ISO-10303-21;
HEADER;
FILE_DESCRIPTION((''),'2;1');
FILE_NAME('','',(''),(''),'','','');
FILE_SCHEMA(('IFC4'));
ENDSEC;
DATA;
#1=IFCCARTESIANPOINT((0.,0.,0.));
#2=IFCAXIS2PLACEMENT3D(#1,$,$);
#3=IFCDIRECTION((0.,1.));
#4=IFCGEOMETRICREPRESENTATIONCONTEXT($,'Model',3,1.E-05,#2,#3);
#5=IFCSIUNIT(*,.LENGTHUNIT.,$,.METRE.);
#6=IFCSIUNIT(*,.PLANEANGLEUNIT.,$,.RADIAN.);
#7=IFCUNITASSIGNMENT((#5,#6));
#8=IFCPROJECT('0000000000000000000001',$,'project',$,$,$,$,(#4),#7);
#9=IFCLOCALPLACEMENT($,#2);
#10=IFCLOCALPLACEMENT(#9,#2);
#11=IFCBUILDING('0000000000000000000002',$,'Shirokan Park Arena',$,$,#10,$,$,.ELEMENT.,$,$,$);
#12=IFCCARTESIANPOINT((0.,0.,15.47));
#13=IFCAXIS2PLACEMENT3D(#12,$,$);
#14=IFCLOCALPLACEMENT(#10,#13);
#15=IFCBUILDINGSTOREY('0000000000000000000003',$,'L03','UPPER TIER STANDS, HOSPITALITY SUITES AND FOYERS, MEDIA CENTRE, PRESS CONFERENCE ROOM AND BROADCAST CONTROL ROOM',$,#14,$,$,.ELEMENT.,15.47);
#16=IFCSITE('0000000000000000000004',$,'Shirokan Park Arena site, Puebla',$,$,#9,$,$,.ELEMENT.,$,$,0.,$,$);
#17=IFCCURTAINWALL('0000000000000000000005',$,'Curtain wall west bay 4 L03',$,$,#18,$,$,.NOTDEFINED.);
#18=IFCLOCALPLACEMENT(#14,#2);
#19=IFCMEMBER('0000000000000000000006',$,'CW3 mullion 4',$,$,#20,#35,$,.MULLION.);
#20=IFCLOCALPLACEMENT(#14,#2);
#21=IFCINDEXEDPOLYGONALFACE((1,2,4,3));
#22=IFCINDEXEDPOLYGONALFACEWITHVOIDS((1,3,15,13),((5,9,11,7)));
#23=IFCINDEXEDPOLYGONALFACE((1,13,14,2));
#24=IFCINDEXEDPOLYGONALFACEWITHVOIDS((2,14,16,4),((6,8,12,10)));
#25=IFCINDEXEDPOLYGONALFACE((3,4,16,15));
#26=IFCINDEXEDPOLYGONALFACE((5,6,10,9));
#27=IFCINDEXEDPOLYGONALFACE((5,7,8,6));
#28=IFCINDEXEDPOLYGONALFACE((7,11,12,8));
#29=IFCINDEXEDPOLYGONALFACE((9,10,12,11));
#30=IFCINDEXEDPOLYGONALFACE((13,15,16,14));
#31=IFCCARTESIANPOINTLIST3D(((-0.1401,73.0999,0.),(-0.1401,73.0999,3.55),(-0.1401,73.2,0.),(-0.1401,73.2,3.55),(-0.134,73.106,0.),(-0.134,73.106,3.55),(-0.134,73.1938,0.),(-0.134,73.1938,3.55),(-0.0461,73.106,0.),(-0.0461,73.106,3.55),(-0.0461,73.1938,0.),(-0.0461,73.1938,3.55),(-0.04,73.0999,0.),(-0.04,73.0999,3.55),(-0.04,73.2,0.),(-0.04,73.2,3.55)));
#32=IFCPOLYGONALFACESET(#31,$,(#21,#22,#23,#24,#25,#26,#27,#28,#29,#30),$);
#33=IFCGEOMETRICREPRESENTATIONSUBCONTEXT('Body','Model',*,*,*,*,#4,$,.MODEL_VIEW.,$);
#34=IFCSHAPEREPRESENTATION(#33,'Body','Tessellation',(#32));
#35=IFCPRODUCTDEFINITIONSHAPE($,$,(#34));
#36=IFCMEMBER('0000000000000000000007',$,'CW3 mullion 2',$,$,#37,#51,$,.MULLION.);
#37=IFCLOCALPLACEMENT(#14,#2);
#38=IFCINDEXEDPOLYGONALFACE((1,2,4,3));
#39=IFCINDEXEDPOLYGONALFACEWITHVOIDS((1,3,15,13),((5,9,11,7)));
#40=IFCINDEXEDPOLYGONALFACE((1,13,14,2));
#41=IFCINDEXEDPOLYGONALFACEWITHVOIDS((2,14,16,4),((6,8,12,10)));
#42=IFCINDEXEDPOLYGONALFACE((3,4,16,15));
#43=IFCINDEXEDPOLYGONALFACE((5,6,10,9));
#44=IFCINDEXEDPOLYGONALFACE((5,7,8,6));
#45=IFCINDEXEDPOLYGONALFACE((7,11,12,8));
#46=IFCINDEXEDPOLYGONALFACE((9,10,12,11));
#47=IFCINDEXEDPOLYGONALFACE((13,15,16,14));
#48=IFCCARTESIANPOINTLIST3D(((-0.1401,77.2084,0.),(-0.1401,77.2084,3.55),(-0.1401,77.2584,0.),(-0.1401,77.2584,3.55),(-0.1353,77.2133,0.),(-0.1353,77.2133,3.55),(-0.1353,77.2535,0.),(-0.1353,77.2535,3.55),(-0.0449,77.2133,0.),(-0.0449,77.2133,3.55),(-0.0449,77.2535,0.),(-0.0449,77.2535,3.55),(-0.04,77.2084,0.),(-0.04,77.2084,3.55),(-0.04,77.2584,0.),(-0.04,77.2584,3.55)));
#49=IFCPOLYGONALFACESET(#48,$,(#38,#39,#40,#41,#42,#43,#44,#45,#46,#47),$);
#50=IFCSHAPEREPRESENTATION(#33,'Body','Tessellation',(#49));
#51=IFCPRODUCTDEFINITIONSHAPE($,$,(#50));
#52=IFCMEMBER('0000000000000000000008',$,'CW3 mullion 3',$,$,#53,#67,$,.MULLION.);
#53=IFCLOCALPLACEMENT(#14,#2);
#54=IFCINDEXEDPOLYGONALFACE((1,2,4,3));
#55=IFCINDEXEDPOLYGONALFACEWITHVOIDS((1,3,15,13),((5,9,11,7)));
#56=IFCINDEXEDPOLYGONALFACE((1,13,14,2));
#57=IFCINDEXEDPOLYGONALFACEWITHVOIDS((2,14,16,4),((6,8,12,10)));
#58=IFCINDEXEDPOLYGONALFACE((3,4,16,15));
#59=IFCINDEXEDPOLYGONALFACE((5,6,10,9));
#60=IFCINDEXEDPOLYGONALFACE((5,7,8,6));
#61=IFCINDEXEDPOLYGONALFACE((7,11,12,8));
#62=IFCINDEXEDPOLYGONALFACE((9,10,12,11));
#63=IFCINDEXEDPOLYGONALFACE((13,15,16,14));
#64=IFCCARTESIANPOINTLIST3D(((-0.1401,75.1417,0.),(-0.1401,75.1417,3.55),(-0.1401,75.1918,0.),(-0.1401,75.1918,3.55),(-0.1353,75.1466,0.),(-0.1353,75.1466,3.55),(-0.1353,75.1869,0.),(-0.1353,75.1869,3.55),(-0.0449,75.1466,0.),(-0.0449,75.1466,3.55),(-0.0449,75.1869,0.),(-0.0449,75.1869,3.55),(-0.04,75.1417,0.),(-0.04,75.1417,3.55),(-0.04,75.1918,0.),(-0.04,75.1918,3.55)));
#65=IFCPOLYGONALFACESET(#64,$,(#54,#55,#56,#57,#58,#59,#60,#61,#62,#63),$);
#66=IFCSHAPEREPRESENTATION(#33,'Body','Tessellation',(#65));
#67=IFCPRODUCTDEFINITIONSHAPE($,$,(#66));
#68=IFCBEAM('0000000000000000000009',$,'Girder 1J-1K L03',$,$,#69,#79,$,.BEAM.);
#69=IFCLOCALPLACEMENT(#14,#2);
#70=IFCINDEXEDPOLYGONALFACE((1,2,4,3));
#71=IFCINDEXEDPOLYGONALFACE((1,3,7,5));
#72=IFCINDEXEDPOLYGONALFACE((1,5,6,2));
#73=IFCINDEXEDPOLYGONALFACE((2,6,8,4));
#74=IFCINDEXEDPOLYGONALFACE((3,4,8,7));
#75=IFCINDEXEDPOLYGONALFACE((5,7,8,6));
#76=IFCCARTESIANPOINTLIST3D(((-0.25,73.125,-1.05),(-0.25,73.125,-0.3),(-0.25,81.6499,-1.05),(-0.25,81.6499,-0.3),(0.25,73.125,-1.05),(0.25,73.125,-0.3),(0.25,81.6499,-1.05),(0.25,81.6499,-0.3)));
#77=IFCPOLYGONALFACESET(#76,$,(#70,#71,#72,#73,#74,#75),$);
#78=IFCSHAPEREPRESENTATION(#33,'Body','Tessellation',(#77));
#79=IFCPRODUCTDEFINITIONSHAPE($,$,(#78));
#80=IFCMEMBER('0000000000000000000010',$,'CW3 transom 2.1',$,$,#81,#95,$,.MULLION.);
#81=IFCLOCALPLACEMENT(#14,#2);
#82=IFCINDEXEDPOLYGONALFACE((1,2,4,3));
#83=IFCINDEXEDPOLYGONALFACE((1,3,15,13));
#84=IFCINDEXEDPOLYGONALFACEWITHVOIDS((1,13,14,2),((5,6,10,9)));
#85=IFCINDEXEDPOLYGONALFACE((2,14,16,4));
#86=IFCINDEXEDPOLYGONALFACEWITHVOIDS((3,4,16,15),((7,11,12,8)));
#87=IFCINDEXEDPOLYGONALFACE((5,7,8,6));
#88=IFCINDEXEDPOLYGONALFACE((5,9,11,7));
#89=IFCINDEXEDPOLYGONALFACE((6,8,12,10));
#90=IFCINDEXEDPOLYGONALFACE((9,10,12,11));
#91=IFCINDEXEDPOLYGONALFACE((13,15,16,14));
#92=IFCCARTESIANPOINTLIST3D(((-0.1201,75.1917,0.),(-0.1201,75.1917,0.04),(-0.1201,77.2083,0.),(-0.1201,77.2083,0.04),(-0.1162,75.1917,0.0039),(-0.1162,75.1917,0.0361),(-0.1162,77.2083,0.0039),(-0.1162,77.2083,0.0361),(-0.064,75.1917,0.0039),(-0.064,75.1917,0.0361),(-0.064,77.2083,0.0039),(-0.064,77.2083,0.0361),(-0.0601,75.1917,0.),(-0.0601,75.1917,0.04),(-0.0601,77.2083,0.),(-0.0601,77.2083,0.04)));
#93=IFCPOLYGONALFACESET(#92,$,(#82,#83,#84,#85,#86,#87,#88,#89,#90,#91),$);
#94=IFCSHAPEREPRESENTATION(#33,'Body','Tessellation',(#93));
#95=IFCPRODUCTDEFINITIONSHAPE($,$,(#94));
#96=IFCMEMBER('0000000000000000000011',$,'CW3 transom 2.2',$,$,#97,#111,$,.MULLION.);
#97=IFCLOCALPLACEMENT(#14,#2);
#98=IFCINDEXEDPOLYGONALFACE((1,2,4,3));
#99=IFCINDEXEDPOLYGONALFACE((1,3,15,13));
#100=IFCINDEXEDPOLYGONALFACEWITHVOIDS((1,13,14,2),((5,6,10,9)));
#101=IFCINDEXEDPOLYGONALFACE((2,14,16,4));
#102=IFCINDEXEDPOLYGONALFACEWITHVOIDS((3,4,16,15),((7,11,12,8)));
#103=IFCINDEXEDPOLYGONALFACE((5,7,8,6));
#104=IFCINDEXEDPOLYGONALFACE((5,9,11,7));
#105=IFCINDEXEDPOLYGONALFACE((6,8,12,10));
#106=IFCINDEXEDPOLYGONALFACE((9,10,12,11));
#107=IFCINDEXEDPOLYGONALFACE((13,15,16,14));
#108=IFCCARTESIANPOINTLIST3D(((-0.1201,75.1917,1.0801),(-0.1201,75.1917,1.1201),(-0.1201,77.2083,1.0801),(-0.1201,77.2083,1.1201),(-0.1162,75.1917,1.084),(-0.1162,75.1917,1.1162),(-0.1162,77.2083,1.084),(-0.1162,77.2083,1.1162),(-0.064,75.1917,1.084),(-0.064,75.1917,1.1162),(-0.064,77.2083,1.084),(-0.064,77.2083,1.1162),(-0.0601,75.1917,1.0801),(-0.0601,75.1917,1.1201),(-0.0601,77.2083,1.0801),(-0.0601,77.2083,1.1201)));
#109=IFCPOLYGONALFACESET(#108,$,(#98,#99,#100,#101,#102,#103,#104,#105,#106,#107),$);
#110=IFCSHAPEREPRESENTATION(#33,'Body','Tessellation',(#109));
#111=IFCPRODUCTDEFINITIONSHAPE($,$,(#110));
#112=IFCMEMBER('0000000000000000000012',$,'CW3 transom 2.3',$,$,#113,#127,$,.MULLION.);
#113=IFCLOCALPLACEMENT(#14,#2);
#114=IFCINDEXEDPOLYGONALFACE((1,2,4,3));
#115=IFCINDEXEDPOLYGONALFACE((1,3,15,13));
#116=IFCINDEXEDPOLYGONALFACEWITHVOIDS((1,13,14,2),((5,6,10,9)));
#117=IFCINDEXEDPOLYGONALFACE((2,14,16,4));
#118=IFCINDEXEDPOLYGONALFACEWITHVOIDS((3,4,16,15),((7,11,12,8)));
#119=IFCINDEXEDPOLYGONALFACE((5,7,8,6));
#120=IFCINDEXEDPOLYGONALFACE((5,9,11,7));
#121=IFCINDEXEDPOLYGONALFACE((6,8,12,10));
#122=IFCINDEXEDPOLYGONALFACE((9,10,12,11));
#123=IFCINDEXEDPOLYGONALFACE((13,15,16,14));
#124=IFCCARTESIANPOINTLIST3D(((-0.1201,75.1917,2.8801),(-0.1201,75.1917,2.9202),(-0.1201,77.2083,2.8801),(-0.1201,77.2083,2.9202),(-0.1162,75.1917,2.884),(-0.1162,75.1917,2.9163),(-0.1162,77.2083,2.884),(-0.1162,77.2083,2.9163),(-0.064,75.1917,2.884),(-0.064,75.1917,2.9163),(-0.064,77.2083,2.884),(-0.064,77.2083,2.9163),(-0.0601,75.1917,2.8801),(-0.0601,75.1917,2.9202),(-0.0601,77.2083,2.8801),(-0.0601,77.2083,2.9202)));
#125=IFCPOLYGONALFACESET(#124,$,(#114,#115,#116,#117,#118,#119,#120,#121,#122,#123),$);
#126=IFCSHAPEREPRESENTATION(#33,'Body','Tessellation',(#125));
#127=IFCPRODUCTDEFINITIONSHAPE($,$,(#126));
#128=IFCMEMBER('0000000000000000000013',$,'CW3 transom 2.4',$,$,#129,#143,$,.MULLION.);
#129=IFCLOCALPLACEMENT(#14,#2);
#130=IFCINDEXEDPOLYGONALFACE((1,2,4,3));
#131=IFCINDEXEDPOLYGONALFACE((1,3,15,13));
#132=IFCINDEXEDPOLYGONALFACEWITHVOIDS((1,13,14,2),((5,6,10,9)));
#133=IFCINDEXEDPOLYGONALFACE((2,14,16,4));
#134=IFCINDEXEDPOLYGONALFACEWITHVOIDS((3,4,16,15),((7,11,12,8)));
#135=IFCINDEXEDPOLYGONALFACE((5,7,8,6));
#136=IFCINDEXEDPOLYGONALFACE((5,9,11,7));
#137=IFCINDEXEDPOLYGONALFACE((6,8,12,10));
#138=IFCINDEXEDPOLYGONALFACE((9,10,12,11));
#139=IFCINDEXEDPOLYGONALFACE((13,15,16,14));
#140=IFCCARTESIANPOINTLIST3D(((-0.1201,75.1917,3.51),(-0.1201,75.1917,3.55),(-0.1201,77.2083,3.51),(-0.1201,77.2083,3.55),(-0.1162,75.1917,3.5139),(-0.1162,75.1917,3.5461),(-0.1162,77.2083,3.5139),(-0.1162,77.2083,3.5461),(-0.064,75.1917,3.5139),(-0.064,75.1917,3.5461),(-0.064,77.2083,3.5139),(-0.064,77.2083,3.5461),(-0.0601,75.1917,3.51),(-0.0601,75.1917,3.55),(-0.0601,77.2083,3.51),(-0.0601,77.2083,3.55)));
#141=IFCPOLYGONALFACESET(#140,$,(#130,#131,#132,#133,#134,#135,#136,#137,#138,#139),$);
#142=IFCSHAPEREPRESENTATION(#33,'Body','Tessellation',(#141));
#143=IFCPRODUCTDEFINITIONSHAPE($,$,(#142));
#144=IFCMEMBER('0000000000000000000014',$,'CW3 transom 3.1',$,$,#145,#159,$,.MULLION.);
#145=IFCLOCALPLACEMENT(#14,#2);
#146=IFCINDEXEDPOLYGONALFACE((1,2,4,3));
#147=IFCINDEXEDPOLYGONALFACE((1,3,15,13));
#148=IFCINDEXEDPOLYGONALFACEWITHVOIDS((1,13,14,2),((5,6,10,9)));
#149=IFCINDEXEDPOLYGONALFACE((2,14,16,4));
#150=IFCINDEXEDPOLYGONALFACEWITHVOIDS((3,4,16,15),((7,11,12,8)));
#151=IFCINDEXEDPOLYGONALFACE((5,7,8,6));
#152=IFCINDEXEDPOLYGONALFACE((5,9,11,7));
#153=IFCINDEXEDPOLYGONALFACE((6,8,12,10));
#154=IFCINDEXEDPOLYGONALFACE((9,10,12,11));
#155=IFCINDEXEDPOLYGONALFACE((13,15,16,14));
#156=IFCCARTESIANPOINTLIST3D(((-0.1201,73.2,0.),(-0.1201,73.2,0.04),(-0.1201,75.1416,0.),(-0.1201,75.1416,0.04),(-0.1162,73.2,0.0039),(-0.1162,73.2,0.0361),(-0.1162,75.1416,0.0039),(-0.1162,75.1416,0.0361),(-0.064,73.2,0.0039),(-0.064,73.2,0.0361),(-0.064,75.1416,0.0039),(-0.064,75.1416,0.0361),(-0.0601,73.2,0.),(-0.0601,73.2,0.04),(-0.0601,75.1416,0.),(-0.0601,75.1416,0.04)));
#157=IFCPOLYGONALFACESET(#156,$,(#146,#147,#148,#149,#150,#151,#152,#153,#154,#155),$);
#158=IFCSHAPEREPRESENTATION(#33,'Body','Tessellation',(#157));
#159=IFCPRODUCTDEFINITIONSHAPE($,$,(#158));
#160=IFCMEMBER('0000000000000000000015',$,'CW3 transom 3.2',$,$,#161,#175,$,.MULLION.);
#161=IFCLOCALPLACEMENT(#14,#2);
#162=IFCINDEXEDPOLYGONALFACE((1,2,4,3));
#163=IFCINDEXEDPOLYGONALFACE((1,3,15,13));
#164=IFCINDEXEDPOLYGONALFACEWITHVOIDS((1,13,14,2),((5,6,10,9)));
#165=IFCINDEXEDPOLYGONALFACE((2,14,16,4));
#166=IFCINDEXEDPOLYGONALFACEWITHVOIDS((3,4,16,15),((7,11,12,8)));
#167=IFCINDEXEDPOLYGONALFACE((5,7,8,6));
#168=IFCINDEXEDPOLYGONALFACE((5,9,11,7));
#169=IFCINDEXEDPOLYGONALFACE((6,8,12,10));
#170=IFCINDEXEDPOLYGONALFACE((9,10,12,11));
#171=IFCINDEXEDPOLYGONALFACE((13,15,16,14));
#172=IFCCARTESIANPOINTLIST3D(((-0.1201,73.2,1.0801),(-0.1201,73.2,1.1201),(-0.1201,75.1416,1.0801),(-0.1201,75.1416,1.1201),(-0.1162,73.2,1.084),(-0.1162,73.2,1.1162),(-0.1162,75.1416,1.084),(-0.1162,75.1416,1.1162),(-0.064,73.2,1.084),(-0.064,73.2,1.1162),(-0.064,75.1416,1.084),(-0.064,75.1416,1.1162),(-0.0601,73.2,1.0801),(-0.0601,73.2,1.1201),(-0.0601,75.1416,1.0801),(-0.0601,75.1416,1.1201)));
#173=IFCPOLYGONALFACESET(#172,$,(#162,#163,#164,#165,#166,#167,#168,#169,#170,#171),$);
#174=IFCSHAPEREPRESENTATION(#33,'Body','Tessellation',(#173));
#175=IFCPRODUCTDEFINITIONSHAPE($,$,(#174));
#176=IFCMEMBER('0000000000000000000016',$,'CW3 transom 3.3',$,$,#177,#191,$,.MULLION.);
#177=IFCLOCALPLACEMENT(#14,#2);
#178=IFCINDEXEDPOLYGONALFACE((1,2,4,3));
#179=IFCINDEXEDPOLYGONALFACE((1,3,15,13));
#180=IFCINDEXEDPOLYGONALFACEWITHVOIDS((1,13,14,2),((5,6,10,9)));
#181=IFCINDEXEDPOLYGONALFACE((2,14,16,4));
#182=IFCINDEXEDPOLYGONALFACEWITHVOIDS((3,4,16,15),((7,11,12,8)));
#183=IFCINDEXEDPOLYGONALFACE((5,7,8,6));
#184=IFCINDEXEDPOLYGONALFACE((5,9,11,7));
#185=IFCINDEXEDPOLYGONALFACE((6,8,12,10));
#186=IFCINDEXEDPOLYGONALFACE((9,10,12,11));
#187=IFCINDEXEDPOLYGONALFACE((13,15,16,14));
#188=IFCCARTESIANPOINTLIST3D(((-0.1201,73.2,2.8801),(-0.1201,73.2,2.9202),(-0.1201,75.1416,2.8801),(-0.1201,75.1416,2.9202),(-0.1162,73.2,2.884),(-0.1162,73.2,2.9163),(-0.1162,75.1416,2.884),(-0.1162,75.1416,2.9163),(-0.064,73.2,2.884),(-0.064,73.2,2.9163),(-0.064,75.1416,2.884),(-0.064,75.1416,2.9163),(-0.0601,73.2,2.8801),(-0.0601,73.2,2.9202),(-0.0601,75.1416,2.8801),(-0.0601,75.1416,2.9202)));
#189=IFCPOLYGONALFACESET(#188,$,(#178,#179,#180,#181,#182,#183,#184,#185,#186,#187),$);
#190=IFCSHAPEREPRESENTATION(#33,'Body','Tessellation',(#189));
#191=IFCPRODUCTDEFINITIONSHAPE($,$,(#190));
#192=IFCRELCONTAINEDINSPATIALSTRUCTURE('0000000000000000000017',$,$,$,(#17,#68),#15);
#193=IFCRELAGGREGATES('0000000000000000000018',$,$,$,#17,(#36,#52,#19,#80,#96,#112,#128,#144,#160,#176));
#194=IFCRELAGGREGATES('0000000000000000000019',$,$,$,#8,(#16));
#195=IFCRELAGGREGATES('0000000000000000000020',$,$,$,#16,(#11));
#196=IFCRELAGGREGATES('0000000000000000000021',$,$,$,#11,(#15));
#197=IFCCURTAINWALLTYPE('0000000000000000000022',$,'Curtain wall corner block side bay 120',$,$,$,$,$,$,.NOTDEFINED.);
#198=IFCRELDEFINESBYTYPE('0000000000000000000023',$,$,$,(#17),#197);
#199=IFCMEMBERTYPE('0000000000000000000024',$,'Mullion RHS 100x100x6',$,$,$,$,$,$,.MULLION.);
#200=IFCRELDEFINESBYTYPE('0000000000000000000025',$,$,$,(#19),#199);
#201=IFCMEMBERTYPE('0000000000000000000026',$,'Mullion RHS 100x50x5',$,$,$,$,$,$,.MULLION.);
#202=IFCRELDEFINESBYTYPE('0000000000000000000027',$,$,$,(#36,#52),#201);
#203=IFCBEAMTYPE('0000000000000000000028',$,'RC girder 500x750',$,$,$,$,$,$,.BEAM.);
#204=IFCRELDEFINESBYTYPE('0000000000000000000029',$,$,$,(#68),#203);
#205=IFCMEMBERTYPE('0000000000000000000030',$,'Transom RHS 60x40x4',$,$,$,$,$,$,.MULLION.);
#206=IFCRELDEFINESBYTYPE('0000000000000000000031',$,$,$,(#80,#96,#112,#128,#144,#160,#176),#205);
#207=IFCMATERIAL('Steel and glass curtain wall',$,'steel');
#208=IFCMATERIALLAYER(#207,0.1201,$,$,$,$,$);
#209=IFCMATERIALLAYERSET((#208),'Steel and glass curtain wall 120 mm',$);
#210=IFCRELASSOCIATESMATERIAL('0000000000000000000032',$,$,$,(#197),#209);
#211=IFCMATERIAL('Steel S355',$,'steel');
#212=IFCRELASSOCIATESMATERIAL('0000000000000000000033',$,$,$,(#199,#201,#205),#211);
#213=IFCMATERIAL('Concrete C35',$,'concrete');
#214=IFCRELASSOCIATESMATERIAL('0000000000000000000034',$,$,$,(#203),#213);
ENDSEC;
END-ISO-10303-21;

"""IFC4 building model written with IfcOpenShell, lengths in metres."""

from ifc_helpers import new_model, si_unit, direction, frame, origin, origin_2d, place, context, subcontext, project, spatial, rectangle, hollow_rectangle, extrude, material, layer, layer_set, material_profile, profile_set, type_object, element, aggregate, save


model = new_model("IFC4")

# Units and contexts
model_context = context("Model", 3, precision=1e-05, world=origin(), true_north=direction((0.0, 1.0)))
body_context = subcontext(model_context, "Body", "Model", "MODEL_VIEW")
ifc_project = project(units=[si_unit("LENGTHUNIT", "METRE"), si_unit("PLANEANGLEUNIT", "RADIAN")], contexts=[model_context])

# Site, building, storey
site_placement = place(None, origin())
site = spatial("IfcSite", under=ifc_project, at=site_placement, Name="Shirokan Park Arena site, Puebla", CompositionType="ELEMENT", RefElevation=0.0)
building_placement = place(site_placement, origin())
building = spatial("IfcBuilding", under=site, at=building_placement, Name="Shirokan Park Arena", CompositionType="ELEMENT")
storey_placement = place(building_placement, frame((0.0, 0.0, 15.47)))
storey = spatial("IfcBuildingStorey", under=building, at=storey_placement, Name="L03", Description="UPPER TIER STANDS, HOSPITALITY SUITES AND FOYERS, MEDIA CENTRE, PRESS CONFERENCE ROOM AND BROADCAST CONTROL ROOM", CompositionType="ELEMENT", Elevation=15.47)

# Curtain wall, members
ifc_material_1 = material(Name="Steel and glass curtain wall", Category="steel")
ifc_layer_1 = layer(ifc_material_1, 0.1201)
ifc_layer_set_1 = layer_set([ifc_layer_1], Name="Steel and glass curtain wall 120 mm")
curtain_wall_type = type_object("IfcCurtainWallType", Name="Curtain wall corner block side bay 120", PredefinedType="NOTDEFINED", material=ifc_layer_set_1)
curtain_wall_placement = place(storey_placement, origin())
curtain_wall = element("IfcCurtainWall", 1, at=curtain_wall_placement, inside=storey, type_object=curtain_wall_type, Name="Curtain wall west bay 4 L03", PredefinedType="NOTDEFINED")
ifc_material_2 = material(Name="Steel S355", Category="steel")
ifc_material_profile_1 = material_profile(ifc_material_2, hollow_rectangle(XDim=0.1001, YDim=0.1001, WallThickness=0.0061, at=origin_2d()), Name="RHS 100x100x6")
ifc_profile_set_1 = profile_set([ifc_material_profile_1], Name="Steel S355")
member_type_1 = type_object("IfcMemberType", Name="Mullion RHS 100x100x6", PredefinedType="MULLION", material=ifc_profile_set_1)
member_1_placement = place(storey_placement, frame((-0.0901, 73.1499, 0.0), z_axis=(0.0, 0.0, 1.0), x_axis=(1.0, 0.0, 0.0)))
member_1 = element("IfcMember", 2, at=member_1_placement, type_object=member_type_1, Name="CW3 mullion 4", PredefinedType="MULLION", context=body_context, shape_type="SweptSolid", body=[
    extrude(hollow_rectangle(XDim=0.1001, YDim=0.1001, WallThickness=0.0061, at=origin_2d()), origin(), (0.0, 0.0, 1.0), 3.55),
])
ifc_material_profile_2 = material_profile(ifc_material_2, hollow_rectangle(XDim=0.1001, YDim=0.05, WallThickness=0.0049, at=origin_2d()), Name="RHS 100x50x5")
ifc_profile_set_2 = profile_set([ifc_material_profile_2], Name="Steel S355")
member_type_2 = type_object("IfcMemberType", Name="Mullion RHS 100x50x5", PredefinedType="MULLION", material=ifc_profile_set_2)
member_2_placement = place(storey_placement, frame((-0.0901, 77.2334, 0.0), z_axis=(0.0, 0.0, 1.0), x_axis=(1.0, 0.0, 0.0)))
member_2 = element("IfcMember", 3, at=member_2_placement, type_object=member_type_2, Name="CW3 mullion 2", PredefinedType="MULLION", context=body_context, shape_type="SweptSolid", body=[
    extrude(hollow_rectangle(XDim=0.1001, YDim=0.05, WallThickness=0.0049, at=origin_2d()), origin(), (0.0, 0.0, 1.0), 3.55),
])
member_3_placement = place(storey_placement, frame((-0.0901, 75.1667, 0.0), z_axis=(0.0, 0.0, 1.0), x_axis=(1.0, 0.0, 0.0)))
member_3 = element("IfcMember", 4, at=member_3_placement, type_object=member_type_2, Name="CW3 mullion 3", PredefinedType="MULLION", context=body_context, shape_type="SweptSolid", body=[
    extrude(hollow_rectangle(XDim=0.1001, YDim=0.05, WallThickness=0.0049, at=origin_2d()), origin(), (0.0, 0.0, 1.0), 3.55),
])

# Beam
ifc_material_3 = material(Name="Concrete C35", Category="concrete")
ifc_material_profile_3 = material_profile(ifc_material_3, rectangle(XDim=0.5, YDim=0.75, at=origin_2d()), Name="500x750")
ifc_profile_set_3 = profile_set([ifc_material_profile_3], Name="Concrete C35")
beam_type = type_object("IfcBeamType", Name="RC girder 500x750", PredefinedType="BEAM", material=ifc_profile_set_3)
beam_placement = place(storey_placement, frame((0.0, 73.125, -0.675), z_axis=(0.0, 1.0, 0.0), x_axis=(-1.0, 0.0, 0.0)))
element("IfcBeam", 5, at=beam_placement, inside=storey, type_object=beam_type, Name="Girder 1J-1K L03", PredefinedType="BEAM", context=body_context, shape_type="SweptSolid", body=[
    extrude(rectangle(XDim=0.5, YDim=0.75, at=origin_2d()), origin(), (0.0, 0.0, 1.0), 8.5249),
])

# Members
ifc_material_profile_4 = material_profile(ifc_material_2, hollow_rectangle(XDim=0.0601, YDim=0.04, WallThickness=0.0039, at=origin_2d()), Name="RHS 60x40x4")
ifc_profile_set_4 = profile_set([ifc_material_profile_4], Name="Steel S355")
member_type_3 = type_object("IfcMemberType", Name="Transom RHS 60x40x4", PredefinedType="MULLION", material=ifc_profile_set_4)
member_4_placement = place(storey_placement, frame((-0.0901, 77.2083, 0.02), z_axis=(0.0, -1.0, 0.0), x_axis=(1.0, 0.0, 0.0)))
member_4 = element("IfcMember", 6, at=member_4_placement, type_object=member_type_3, Name="CW3 transom 2.1", PredefinedType="MULLION", context=body_context, shape_type="SweptSolid", body=[
    extrude(hollow_rectangle(XDim=0.0601, YDim=0.04, WallThickness=0.0039, at=origin_2d()), origin(), (0.0, 0.0, 1.0), 2.0166),
])
member_5_placement = place(storey_placement, frame((-0.0901, 77.2083, 1.1001), z_axis=(0.0, -1.0, 0.0), x_axis=(1.0, 0.0, 0.0)))
member_5 = element("IfcMember", 7, at=member_5_placement, type_object=member_type_3, Name="CW3 transom 2.2", PredefinedType="MULLION", context=body_context, shape_type="SweptSolid", body=[
    extrude(hollow_rectangle(XDim=0.0601, YDim=0.04, WallThickness=0.0039, at=origin_2d()), origin(), (0.0, 0.0, 1.0), 2.0166),
])
member_6_placement = place(storey_placement, frame((-0.0901, 77.2083, 2.9001), z_axis=(0.0, -1.0, 0.0), x_axis=(1.0, 0.0, 0.0)))
member_6 = element("IfcMember", 8, at=member_6_placement, type_object=member_type_3, Name="CW3 transom 2.3", PredefinedType="MULLION", context=body_context, shape_type="SweptSolid", body=[
    extrude(hollow_rectangle(XDim=0.0601, YDim=0.04, WallThickness=0.0039, at=origin_2d()), origin(), (0.0, 0.0, 1.0), 2.0166),
])
member_7_placement = place(storey_placement, frame((-0.0901, 77.2083, 3.53), z_axis=(0.0, -1.0, 0.0), x_axis=(1.0, 0.0, 0.0)))
member_7 = element("IfcMember", 9, at=member_7_placement, type_object=member_type_3, Name="CW3 transom 2.4", PredefinedType="MULLION", context=body_context, shape_type="SweptSolid", body=[
    extrude(hollow_rectangle(XDim=0.0601, YDim=0.04, WallThickness=0.0039, at=origin_2d()), origin(), (0.0, 0.0, 1.0), 2.0166),
])
member_8_placement = place(storey_placement, frame((-0.0901, 75.1416, 0.02), z_axis=(0.0, -1.0, 0.0), x_axis=(1.0, 0.0, 0.0)))
member_8 = element("IfcMember", 10, at=member_8_placement, type_object=member_type_3, Name="CW3 transom 3.1", PredefinedType="MULLION", context=body_context, shape_type="SweptSolid", body=[
    extrude(hollow_rectangle(XDim=0.0601, YDim=0.04, WallThickness=0.0039, at=origin_2d()), origin(), (0.0, 0.0, 1.0), 1.9417),
])
member_9_placement = place(storey_placement, frame((-0.0901, 75.1416, 1.1001), z_axis=(0.0, -1.0, 0.0), x_axis=(1.0, 0.0, 0.0)))
member_9 = element("IfcMember", 11, at=member_9_placement, type_object=member_type_3, Name="CW3 transom 3.2", PredefinedType="MULLION", context=body_context, shape_type="SweptSolid", body=[
    extrude(hollow_rectangle(XDim=0.0601, YDim=0.04, WallThickness=0.0039, at=origin_2d()), origin(), (0.0, 0.0, 1.0), 1.9417),
])
member_10_placement = place(storey_placement, frame((-0.0901, 75.1416, 2.9001), z_axis=(0.0, -1.0, 0.0), x_axis=(1.0, 0.0, 0.0)))
member_10 = element("IfcMember", 12, at=member_10_placement, type_object=member_type_3, Name="CW3 transom 3.3", PredefinedType="MULLION", context=body_context, shape_type="SweptSolid", body=[
    extrude(hollow_rectangle(XDim=0.0601, YDim=0.04, WallThickness=0.0039, at=origin_2d()), origin(), (0.0, 0.0, 1.0), 1.9417),
])

aggregate(curtain_wall, [member_2, member_3, member_1, member_4, member_5, member_6, member_7, member_8, member_9, member_10])

save(model, "model.ifc")
